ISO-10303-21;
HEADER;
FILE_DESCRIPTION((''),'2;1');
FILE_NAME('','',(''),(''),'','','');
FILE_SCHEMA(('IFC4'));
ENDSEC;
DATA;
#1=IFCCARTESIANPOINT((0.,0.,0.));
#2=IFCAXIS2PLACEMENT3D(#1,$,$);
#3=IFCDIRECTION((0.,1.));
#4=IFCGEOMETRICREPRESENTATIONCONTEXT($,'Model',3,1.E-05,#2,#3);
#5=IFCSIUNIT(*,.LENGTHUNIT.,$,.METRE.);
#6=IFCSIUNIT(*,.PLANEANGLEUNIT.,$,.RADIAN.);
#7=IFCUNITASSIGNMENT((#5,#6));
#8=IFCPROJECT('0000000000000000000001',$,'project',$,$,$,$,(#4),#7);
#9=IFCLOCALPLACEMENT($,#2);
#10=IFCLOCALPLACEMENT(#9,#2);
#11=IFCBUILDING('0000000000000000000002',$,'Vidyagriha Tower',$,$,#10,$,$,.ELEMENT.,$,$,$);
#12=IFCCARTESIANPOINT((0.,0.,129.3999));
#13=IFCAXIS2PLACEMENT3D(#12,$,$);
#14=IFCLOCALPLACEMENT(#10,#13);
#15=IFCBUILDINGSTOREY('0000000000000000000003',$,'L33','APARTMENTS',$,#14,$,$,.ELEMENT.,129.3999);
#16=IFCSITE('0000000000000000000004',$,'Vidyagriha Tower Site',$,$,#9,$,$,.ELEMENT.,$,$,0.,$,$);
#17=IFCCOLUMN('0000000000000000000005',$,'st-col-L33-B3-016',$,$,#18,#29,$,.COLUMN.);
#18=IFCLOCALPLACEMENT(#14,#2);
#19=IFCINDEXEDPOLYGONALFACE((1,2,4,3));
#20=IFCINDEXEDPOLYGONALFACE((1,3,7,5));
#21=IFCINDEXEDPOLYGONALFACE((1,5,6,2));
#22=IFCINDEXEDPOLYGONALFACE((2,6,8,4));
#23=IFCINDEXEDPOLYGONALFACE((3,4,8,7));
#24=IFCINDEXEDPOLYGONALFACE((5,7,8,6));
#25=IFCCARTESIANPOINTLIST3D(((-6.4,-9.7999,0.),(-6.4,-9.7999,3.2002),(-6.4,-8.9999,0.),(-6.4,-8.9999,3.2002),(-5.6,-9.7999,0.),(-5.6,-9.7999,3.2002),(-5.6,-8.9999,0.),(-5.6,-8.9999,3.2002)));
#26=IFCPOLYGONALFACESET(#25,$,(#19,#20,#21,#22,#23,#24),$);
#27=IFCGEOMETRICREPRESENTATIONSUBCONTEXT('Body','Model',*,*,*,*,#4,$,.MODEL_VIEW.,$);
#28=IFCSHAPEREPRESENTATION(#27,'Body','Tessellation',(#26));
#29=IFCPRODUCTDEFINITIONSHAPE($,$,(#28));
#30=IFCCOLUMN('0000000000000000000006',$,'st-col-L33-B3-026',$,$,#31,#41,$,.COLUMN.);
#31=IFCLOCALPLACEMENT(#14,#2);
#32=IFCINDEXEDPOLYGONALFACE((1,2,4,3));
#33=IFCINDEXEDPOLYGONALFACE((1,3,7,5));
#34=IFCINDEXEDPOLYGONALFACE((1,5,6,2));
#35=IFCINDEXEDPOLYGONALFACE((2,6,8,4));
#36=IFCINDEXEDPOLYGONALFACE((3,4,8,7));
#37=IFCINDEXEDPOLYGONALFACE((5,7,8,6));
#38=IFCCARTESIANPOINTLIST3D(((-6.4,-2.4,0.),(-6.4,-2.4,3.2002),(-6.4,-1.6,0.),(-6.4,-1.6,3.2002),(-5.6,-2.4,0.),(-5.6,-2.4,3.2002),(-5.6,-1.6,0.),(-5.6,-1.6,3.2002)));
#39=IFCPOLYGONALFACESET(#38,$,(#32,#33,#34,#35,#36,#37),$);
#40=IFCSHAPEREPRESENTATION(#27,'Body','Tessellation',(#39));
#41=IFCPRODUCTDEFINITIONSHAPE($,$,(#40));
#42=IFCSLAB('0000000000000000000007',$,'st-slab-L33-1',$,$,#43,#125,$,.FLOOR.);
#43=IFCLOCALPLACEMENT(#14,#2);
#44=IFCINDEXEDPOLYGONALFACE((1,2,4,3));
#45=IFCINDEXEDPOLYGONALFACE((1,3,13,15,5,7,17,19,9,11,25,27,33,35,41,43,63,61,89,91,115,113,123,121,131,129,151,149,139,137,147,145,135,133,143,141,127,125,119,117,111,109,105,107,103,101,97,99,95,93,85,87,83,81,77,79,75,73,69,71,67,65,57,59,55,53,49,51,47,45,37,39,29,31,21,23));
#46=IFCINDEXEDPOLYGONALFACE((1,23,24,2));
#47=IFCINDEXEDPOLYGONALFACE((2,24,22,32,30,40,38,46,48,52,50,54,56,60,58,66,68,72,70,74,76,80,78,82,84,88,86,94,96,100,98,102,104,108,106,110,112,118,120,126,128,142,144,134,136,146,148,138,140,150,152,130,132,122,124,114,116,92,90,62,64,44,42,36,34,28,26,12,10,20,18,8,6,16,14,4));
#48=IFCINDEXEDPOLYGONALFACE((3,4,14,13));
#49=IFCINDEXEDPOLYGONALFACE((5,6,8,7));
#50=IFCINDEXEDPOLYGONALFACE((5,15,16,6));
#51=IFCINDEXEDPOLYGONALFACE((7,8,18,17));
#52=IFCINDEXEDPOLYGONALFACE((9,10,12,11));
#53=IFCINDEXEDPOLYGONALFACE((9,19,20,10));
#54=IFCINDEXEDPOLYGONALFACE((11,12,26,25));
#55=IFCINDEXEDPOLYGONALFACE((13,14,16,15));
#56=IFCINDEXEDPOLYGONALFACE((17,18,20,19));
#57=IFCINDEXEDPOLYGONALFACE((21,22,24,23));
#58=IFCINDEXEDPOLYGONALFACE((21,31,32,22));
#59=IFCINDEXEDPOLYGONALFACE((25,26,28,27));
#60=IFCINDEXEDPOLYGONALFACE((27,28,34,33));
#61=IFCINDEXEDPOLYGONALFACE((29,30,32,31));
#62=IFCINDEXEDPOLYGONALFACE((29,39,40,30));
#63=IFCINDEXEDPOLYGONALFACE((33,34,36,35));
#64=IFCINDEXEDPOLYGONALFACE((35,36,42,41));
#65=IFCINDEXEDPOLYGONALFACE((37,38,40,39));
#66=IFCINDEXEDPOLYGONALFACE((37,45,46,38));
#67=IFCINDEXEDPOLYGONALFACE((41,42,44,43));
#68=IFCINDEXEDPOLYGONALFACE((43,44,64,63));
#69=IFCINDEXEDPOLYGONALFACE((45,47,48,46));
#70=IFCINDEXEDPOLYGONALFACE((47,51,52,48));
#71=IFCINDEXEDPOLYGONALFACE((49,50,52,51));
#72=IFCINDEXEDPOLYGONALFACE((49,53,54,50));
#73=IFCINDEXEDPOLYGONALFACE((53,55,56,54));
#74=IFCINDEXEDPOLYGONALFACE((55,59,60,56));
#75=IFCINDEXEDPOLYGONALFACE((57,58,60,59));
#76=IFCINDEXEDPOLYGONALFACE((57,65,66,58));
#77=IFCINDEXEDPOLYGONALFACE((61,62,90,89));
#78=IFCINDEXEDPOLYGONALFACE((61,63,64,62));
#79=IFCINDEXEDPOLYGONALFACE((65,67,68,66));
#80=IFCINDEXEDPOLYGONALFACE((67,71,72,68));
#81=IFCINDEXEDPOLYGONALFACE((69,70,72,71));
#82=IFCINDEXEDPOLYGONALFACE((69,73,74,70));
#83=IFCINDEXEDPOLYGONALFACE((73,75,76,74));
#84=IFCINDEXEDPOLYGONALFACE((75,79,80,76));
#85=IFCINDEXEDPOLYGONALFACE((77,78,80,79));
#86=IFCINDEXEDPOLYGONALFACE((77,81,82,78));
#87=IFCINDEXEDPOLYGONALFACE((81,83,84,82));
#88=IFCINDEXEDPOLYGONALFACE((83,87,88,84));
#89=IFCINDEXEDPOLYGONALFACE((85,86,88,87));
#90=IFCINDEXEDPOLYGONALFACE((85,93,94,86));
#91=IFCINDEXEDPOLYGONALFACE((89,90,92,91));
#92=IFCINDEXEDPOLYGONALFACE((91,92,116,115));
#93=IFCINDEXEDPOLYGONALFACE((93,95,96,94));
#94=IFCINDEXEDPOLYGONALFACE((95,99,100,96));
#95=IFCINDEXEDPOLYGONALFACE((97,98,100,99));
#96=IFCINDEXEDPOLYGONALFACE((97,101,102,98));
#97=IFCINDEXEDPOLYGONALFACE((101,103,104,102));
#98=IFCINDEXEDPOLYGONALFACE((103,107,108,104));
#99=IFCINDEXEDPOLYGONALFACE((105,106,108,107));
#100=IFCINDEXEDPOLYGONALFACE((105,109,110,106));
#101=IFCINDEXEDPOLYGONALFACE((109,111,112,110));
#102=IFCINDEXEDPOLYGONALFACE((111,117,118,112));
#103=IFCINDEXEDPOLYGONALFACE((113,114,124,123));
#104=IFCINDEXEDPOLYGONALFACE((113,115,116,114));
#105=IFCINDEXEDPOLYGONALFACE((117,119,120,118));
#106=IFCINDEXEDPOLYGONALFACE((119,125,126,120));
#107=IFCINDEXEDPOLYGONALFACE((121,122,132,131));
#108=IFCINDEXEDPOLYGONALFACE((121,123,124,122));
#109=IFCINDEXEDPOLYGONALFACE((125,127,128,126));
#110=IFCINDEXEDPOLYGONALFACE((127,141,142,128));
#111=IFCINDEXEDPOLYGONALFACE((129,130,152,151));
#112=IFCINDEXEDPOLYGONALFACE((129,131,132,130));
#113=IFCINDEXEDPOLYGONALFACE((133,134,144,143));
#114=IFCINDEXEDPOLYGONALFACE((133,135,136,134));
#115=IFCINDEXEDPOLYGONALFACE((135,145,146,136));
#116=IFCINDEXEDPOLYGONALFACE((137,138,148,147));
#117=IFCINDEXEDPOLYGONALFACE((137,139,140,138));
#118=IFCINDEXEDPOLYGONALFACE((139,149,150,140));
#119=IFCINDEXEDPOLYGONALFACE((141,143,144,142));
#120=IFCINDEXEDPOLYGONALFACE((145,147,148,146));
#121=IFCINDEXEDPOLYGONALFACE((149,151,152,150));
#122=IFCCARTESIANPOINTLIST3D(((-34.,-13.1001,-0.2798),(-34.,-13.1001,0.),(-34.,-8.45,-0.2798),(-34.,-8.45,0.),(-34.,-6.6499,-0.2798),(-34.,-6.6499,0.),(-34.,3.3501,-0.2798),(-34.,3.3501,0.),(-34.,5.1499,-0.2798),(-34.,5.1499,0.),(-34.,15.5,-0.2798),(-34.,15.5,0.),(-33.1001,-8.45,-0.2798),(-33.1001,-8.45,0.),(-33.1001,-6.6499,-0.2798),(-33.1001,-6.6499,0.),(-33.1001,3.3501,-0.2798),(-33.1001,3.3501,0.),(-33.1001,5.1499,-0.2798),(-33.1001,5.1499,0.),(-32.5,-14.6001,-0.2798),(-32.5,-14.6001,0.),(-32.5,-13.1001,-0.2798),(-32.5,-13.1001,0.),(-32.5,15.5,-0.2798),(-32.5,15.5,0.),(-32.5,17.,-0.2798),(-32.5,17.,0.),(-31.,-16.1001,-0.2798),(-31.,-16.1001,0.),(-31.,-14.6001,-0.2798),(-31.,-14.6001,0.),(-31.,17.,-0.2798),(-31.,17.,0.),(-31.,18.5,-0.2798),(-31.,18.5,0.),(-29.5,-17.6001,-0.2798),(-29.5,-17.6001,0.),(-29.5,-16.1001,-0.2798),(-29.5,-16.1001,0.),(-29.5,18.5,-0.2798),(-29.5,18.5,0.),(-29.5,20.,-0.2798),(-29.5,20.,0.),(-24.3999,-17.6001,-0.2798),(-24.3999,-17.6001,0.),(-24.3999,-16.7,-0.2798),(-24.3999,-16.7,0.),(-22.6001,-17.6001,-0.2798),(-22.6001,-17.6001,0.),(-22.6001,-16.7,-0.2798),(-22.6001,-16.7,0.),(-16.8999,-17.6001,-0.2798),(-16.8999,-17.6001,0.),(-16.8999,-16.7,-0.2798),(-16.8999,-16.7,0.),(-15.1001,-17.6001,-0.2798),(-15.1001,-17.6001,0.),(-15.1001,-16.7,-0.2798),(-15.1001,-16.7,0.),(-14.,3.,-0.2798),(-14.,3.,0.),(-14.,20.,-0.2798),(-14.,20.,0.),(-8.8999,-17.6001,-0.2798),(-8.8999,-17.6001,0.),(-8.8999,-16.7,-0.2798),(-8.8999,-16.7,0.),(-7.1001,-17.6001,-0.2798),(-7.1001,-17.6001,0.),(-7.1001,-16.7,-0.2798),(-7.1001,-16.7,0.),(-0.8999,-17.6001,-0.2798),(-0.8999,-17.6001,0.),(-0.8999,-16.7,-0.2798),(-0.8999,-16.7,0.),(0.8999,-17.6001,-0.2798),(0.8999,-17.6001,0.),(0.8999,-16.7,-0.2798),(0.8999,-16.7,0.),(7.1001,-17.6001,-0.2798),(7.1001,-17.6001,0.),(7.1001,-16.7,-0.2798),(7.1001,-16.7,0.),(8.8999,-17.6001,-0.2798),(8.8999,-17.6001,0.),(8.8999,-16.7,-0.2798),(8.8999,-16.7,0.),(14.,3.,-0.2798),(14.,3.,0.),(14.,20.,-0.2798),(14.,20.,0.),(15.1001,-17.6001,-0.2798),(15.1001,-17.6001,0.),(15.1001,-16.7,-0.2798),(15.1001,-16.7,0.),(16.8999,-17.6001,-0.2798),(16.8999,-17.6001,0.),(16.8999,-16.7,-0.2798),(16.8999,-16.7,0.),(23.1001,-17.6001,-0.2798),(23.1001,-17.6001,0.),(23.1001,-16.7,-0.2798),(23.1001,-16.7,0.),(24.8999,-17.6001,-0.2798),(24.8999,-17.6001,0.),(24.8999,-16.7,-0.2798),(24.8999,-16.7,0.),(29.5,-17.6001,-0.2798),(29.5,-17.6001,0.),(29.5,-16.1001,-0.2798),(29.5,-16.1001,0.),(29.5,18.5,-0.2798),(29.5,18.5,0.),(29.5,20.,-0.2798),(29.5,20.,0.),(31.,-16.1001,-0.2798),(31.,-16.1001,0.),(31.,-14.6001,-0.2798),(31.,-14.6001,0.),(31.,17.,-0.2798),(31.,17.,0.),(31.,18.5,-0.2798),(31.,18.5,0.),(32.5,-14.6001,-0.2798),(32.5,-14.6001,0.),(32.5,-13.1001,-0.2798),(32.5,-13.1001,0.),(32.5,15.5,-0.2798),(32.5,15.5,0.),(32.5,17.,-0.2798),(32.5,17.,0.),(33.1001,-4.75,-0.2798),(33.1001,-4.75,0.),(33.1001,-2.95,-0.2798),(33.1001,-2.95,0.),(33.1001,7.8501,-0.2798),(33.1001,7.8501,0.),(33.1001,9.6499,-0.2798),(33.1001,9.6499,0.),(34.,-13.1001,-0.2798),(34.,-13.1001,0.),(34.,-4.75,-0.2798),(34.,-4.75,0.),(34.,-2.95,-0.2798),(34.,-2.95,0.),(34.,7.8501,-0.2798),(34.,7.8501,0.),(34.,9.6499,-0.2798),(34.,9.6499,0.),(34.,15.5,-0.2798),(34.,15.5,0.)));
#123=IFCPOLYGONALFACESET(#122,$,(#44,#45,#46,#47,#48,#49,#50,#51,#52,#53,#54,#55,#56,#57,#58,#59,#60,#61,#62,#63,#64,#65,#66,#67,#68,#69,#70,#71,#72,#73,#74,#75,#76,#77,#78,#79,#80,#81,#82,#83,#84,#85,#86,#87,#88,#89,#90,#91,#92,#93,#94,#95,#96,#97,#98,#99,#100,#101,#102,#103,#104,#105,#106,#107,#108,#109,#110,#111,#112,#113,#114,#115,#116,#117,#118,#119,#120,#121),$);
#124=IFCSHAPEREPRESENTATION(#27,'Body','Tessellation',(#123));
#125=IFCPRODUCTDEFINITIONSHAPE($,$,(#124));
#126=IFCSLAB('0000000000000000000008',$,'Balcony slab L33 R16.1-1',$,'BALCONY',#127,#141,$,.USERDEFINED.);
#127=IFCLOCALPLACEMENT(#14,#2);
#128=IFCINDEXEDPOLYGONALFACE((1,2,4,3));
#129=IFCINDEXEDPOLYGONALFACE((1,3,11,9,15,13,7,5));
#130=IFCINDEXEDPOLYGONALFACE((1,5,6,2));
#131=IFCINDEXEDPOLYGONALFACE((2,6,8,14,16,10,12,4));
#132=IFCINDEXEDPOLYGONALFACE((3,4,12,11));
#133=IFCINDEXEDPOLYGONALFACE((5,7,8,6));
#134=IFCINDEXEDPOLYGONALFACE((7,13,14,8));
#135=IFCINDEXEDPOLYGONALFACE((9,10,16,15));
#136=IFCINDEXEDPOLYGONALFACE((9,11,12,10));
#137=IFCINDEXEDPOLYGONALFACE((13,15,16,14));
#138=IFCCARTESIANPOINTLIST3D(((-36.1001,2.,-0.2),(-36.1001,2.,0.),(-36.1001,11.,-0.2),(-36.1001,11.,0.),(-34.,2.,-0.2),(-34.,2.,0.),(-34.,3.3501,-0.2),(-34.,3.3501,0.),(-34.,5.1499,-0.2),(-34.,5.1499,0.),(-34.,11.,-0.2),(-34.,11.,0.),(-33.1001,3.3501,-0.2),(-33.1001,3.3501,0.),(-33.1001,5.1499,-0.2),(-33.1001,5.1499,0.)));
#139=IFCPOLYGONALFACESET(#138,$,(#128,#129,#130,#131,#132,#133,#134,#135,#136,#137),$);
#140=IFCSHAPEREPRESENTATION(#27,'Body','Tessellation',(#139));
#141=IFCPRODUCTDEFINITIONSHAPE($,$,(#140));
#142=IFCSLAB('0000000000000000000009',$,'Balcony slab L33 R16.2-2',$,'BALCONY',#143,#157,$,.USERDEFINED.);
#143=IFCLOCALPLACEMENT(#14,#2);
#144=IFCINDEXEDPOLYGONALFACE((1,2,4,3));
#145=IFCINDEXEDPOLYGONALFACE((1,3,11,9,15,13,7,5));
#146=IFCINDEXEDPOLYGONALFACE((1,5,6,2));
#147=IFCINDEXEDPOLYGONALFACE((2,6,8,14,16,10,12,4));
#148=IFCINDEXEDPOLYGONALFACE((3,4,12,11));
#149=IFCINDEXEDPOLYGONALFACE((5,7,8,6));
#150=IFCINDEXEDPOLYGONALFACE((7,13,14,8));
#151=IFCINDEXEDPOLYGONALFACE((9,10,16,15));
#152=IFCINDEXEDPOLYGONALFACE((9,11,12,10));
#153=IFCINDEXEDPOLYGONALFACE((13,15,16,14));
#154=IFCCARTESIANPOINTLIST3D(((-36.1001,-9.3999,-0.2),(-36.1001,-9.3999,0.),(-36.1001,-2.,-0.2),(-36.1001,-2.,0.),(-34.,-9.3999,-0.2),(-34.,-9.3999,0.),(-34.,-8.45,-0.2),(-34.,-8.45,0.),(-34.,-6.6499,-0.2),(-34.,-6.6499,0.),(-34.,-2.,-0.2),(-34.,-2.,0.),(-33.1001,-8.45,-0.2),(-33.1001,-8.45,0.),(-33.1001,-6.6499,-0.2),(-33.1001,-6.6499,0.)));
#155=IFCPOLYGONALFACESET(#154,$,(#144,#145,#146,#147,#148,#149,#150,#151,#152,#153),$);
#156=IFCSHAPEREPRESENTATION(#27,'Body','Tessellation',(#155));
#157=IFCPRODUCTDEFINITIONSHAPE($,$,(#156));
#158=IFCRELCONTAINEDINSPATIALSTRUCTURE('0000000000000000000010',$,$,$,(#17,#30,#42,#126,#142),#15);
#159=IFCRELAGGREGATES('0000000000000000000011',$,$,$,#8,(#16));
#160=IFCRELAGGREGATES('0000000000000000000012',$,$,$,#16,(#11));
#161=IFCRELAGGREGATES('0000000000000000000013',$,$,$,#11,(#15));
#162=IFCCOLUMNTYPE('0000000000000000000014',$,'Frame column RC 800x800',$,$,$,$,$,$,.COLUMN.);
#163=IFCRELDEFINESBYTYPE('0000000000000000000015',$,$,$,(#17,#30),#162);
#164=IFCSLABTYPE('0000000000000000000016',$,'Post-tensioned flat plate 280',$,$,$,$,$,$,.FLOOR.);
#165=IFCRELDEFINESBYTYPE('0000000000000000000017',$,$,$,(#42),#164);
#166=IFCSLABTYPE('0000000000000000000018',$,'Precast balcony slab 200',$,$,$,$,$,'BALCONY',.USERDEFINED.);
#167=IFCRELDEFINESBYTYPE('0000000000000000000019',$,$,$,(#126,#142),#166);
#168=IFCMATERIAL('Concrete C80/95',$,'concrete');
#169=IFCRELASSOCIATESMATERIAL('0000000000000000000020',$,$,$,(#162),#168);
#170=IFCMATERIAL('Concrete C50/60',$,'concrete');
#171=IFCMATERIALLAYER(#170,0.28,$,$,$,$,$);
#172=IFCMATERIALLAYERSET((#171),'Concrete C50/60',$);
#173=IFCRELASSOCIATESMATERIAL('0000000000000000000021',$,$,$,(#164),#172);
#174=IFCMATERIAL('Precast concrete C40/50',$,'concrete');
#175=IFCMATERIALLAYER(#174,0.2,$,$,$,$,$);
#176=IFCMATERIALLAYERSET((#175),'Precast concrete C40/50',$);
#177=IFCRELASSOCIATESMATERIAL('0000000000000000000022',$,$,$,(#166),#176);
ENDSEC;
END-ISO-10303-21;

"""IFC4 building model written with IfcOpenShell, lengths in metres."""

from ifc_helpers import new_model, si_unit, direction, frame, origin, origin_2d, place, context, subcontext, project, spatial, polyline, rectangle, outline, extrude, material, layer, layer_set, material_profile, profile_set, type_object, element, save


model = new_model("IFC4")

# Units and contexts
model_context = context("Model", 3, precision=1e-05, world=origin(), true_north=direction((0.0, 1.0)))
body_context = subcontext(model_context, "Body", "Model", "MODEL_VIEW")
ifc_project = project(units=[si_unit("LENGTHUNIT", "METRE"), si_unit("PLANEANGLEUNIT", "RADIAN")], contexts=[model_context])

# Site, building, storey
site_placement = place(None, origin())
site = spatial("IfcSite", under=ifc_project, at=site_placement, Name="Vidyagriha Tower Site", CompositionType="ELEMENT", RefElevation=0.0)
building_placement = place(site_placement, origin())
building = spatial("IfcBuilding", under=site, at=building_placement, Name="Vidyagriha Tower", CompositionType="ELEMENT")
storey_placement = place(building_placement, frame((0.0, 0.0, 129.3999)))
storey = spatial("IfcBuildingStorey", under=building, at=storey_placement, Name="L33", Description="APARTMENTS", CompositionType="ELEMENT", Elevation=129.3999)

# Columns
ifc_material_1 = material(Name="Concrete C80/95", Category="concrete")
ifc_material_profile = material_profile(ifc_material_1, rectangle(XDim=0.8, YDim=0.8, at=origin_2d()), Name="RC 800x800")
ifc_profile_set = profile_set([ifc_material_profile], Name="Concrete C80/95")
column_type = type_object("IfcColumnType", Name="Frame column RC 800x800", PredefinedType="COLUMN", material=ifc_profile_set)
for number, where, name in (
    (1, (-6.0, -9.3999, 0.0), "st-col-L33-B3-016"),
    (2, (-6.0, -2.0, 0.0), "st-col-L33-B3-026"),
):
    element("IfcColumn", number, at=place(storey_placement, frame(where)), inside=storey, type_object=column_type, Name=name, PredefinedType="COLUMN", context=body_context, shape_type="SweptSolid", body=[
        extrude(rectangle(XDim=0.8, YDim=0.8, at=origin_2d()), origin(), (0.0, 0.0, 1.0), 3.2002),
    ])

# Slabs
ifc_material_2 = material(Name="Concrete C50/60", Category="concrete")
ifc_layer_1 = layer(ifc_material_2, 0.28)
ifc_layer_set_1 = layer_set([ifc_layer_1], Name="Concrete C50/60")
slab_type_1 = type_object("IfcSlabType", Name="Post-tensioned flat plate 280", PredefinedType="FLOOR", material=ifc_layer_set_1)
slab_1_placement = place(storey_placement, frame((0.0, 0.0, -0.2798)))
element("IfcSlab", 3, at=slab_1_placement, inside=storey, type_object=slab_type_1, Name="st-slab-L33-1", PredefinedType="FLOOR", context=body_context, shape_type="SweptSolid", body=[
    extrude(outline(polyline([(32.5, -14.6001), (31.0, -14.6001), (31.0, -16.1001), (29.5, -16.1001), (29.5, -17.6001), (24.8999, -17.6001), (24.8999, -16.7), (23.1001, -16.7), (23.1001, -17.6001), (16.8999, -17.6001), (16.8999, -16.7), (15.1001, -16.7), (15.1001, -17.6001), (8.8999, -17.6001), (8.8999, -16.7), (7.1001, -16.7), (7.1001, -17.6001), (0.8999, -17.6001), (0.8999, -16.7), (-0.8999, -16.7), (-0.8999, -17.6001), (-7.1001, -17.6001), (-7.1001, -16.7), (-8.8999, -16.7), (-8.8999, -17.6001), (-15.1001, -17.6001), (-15.1001, -16.7), (-16.8999, -16.7), (-16.8999, -17.6001), (-22.6001, -17.6001), (-22.6001, -16.7), (-24.3999, -16.7), (-24.3999, -17.6001), (-29.5, -17.6001), (-29.5, -16.1001), (-31.0, -16.1001), (-31.0, -14.6001), (-32.5, -14.6001), (-32.5, -13.1001), (-34.0, -13.1001), (-34.0, -8.45), (-33.1001, -8.45), (-33.1001, -6.6499), (-34.0, -6.6499), (-34.0, 3.3501), (-33.1001, 3.3501), (-33.1001, 5.1499), (-34.0, 5.1499), (-34.0, 15.5), (-32.5, 15.5), (-32.5, 17.0), (-31.0, 17.0), (-31.0, 18.5), (-29.5, 18.5), (-29.5, 20.0), (-14.0, 20.0), (-14.0, 3.0), (14.0, 3.0), (14.0, 20.0), (29.5, 20.0), (29.5, 18.5), (31.0, 18.5), (31.0, 17.0), (32.5, 17.0), (32.5, 15.5), (34.0, 15.5), (34.0, 9.6499), (33.1001, 9.6499), (33.1001, 7.8501), (34.0, 7.8501), (34.0, -2.95), (33.1001, -2.95), (33.1001, -4.75), (34.0, -4.75), (34.0, -13.1001), (32.5, -13.1001), (32.5, -14.6001)])), origin(), (0.0, 0.0, 1.0), 0.2798),
])
ifc_material_3 = material(Name="Precast concrete C40/50", Category="concrete")
ifc_layer_2 = layer(ifc_material_3, 0.2)
ifc_layer_set_2 = layer_set([ifc_layer_2], Name="Precast concrete C40/50")
slab_type_2 = type_object("IfcSlabType", Name="Precast balcony slab 200", ElementType="BALCONY", PredefinedType="USERDEFINED", material=ifc_layer_set_2)
slab_2_placement = place(storey_placement, frame((0.0, 0.0, -0.2)))
element("IfcSlab", 4, at=slab_2_placement, inside=storey, type_object=slab_type_2, Name="Balcony slab L33 R16.1-1", ObjectType="BALCONY", PredefinedType="USERDEFINED", context=body_context, shape_type="SweptSolid", body=[
    extrude(outline(polyline([(-33.1001, 3.3501), (-33.1001, 5.1499), (-34.0, 5.1499), (-34.0, 11.0), (-36.1001, 11.0), (-36.1001, 2.0), (-34.0, 2.0), (-34.0, 3.3501), (-33.1001, 3.3501)])), origin(), (0.0, 0.0, 1.0), 0.2),
])
slab_3_placement = place(storey_placement, frame((0.0, 0.0, -0.2)))
element("IfcSlab", 5, at=slab_3_placement, inside=storey, type_object=slab_type_2, Name="Balcony slab L33 R16.2-2", ObjectType="BALCONY", PredefinedType="USERDEFINED", context=body_context, shape_type="SweptSolid", body=[
    extrude(outline(polyline([(-33.1001, -8.45), (-33.1001, -6.6499), (-34.0, -6.6499), (-34.0, -2.0), (-36.1001, -2.0), (-36.1001, -9.3999), (-34.0, -9.3999), (-34.0, -8.45), (-33.1001, -8.45)])), origin(), (0.0, 0.0, 1.0), 0.2),
])

save(model, "model.ifc")
